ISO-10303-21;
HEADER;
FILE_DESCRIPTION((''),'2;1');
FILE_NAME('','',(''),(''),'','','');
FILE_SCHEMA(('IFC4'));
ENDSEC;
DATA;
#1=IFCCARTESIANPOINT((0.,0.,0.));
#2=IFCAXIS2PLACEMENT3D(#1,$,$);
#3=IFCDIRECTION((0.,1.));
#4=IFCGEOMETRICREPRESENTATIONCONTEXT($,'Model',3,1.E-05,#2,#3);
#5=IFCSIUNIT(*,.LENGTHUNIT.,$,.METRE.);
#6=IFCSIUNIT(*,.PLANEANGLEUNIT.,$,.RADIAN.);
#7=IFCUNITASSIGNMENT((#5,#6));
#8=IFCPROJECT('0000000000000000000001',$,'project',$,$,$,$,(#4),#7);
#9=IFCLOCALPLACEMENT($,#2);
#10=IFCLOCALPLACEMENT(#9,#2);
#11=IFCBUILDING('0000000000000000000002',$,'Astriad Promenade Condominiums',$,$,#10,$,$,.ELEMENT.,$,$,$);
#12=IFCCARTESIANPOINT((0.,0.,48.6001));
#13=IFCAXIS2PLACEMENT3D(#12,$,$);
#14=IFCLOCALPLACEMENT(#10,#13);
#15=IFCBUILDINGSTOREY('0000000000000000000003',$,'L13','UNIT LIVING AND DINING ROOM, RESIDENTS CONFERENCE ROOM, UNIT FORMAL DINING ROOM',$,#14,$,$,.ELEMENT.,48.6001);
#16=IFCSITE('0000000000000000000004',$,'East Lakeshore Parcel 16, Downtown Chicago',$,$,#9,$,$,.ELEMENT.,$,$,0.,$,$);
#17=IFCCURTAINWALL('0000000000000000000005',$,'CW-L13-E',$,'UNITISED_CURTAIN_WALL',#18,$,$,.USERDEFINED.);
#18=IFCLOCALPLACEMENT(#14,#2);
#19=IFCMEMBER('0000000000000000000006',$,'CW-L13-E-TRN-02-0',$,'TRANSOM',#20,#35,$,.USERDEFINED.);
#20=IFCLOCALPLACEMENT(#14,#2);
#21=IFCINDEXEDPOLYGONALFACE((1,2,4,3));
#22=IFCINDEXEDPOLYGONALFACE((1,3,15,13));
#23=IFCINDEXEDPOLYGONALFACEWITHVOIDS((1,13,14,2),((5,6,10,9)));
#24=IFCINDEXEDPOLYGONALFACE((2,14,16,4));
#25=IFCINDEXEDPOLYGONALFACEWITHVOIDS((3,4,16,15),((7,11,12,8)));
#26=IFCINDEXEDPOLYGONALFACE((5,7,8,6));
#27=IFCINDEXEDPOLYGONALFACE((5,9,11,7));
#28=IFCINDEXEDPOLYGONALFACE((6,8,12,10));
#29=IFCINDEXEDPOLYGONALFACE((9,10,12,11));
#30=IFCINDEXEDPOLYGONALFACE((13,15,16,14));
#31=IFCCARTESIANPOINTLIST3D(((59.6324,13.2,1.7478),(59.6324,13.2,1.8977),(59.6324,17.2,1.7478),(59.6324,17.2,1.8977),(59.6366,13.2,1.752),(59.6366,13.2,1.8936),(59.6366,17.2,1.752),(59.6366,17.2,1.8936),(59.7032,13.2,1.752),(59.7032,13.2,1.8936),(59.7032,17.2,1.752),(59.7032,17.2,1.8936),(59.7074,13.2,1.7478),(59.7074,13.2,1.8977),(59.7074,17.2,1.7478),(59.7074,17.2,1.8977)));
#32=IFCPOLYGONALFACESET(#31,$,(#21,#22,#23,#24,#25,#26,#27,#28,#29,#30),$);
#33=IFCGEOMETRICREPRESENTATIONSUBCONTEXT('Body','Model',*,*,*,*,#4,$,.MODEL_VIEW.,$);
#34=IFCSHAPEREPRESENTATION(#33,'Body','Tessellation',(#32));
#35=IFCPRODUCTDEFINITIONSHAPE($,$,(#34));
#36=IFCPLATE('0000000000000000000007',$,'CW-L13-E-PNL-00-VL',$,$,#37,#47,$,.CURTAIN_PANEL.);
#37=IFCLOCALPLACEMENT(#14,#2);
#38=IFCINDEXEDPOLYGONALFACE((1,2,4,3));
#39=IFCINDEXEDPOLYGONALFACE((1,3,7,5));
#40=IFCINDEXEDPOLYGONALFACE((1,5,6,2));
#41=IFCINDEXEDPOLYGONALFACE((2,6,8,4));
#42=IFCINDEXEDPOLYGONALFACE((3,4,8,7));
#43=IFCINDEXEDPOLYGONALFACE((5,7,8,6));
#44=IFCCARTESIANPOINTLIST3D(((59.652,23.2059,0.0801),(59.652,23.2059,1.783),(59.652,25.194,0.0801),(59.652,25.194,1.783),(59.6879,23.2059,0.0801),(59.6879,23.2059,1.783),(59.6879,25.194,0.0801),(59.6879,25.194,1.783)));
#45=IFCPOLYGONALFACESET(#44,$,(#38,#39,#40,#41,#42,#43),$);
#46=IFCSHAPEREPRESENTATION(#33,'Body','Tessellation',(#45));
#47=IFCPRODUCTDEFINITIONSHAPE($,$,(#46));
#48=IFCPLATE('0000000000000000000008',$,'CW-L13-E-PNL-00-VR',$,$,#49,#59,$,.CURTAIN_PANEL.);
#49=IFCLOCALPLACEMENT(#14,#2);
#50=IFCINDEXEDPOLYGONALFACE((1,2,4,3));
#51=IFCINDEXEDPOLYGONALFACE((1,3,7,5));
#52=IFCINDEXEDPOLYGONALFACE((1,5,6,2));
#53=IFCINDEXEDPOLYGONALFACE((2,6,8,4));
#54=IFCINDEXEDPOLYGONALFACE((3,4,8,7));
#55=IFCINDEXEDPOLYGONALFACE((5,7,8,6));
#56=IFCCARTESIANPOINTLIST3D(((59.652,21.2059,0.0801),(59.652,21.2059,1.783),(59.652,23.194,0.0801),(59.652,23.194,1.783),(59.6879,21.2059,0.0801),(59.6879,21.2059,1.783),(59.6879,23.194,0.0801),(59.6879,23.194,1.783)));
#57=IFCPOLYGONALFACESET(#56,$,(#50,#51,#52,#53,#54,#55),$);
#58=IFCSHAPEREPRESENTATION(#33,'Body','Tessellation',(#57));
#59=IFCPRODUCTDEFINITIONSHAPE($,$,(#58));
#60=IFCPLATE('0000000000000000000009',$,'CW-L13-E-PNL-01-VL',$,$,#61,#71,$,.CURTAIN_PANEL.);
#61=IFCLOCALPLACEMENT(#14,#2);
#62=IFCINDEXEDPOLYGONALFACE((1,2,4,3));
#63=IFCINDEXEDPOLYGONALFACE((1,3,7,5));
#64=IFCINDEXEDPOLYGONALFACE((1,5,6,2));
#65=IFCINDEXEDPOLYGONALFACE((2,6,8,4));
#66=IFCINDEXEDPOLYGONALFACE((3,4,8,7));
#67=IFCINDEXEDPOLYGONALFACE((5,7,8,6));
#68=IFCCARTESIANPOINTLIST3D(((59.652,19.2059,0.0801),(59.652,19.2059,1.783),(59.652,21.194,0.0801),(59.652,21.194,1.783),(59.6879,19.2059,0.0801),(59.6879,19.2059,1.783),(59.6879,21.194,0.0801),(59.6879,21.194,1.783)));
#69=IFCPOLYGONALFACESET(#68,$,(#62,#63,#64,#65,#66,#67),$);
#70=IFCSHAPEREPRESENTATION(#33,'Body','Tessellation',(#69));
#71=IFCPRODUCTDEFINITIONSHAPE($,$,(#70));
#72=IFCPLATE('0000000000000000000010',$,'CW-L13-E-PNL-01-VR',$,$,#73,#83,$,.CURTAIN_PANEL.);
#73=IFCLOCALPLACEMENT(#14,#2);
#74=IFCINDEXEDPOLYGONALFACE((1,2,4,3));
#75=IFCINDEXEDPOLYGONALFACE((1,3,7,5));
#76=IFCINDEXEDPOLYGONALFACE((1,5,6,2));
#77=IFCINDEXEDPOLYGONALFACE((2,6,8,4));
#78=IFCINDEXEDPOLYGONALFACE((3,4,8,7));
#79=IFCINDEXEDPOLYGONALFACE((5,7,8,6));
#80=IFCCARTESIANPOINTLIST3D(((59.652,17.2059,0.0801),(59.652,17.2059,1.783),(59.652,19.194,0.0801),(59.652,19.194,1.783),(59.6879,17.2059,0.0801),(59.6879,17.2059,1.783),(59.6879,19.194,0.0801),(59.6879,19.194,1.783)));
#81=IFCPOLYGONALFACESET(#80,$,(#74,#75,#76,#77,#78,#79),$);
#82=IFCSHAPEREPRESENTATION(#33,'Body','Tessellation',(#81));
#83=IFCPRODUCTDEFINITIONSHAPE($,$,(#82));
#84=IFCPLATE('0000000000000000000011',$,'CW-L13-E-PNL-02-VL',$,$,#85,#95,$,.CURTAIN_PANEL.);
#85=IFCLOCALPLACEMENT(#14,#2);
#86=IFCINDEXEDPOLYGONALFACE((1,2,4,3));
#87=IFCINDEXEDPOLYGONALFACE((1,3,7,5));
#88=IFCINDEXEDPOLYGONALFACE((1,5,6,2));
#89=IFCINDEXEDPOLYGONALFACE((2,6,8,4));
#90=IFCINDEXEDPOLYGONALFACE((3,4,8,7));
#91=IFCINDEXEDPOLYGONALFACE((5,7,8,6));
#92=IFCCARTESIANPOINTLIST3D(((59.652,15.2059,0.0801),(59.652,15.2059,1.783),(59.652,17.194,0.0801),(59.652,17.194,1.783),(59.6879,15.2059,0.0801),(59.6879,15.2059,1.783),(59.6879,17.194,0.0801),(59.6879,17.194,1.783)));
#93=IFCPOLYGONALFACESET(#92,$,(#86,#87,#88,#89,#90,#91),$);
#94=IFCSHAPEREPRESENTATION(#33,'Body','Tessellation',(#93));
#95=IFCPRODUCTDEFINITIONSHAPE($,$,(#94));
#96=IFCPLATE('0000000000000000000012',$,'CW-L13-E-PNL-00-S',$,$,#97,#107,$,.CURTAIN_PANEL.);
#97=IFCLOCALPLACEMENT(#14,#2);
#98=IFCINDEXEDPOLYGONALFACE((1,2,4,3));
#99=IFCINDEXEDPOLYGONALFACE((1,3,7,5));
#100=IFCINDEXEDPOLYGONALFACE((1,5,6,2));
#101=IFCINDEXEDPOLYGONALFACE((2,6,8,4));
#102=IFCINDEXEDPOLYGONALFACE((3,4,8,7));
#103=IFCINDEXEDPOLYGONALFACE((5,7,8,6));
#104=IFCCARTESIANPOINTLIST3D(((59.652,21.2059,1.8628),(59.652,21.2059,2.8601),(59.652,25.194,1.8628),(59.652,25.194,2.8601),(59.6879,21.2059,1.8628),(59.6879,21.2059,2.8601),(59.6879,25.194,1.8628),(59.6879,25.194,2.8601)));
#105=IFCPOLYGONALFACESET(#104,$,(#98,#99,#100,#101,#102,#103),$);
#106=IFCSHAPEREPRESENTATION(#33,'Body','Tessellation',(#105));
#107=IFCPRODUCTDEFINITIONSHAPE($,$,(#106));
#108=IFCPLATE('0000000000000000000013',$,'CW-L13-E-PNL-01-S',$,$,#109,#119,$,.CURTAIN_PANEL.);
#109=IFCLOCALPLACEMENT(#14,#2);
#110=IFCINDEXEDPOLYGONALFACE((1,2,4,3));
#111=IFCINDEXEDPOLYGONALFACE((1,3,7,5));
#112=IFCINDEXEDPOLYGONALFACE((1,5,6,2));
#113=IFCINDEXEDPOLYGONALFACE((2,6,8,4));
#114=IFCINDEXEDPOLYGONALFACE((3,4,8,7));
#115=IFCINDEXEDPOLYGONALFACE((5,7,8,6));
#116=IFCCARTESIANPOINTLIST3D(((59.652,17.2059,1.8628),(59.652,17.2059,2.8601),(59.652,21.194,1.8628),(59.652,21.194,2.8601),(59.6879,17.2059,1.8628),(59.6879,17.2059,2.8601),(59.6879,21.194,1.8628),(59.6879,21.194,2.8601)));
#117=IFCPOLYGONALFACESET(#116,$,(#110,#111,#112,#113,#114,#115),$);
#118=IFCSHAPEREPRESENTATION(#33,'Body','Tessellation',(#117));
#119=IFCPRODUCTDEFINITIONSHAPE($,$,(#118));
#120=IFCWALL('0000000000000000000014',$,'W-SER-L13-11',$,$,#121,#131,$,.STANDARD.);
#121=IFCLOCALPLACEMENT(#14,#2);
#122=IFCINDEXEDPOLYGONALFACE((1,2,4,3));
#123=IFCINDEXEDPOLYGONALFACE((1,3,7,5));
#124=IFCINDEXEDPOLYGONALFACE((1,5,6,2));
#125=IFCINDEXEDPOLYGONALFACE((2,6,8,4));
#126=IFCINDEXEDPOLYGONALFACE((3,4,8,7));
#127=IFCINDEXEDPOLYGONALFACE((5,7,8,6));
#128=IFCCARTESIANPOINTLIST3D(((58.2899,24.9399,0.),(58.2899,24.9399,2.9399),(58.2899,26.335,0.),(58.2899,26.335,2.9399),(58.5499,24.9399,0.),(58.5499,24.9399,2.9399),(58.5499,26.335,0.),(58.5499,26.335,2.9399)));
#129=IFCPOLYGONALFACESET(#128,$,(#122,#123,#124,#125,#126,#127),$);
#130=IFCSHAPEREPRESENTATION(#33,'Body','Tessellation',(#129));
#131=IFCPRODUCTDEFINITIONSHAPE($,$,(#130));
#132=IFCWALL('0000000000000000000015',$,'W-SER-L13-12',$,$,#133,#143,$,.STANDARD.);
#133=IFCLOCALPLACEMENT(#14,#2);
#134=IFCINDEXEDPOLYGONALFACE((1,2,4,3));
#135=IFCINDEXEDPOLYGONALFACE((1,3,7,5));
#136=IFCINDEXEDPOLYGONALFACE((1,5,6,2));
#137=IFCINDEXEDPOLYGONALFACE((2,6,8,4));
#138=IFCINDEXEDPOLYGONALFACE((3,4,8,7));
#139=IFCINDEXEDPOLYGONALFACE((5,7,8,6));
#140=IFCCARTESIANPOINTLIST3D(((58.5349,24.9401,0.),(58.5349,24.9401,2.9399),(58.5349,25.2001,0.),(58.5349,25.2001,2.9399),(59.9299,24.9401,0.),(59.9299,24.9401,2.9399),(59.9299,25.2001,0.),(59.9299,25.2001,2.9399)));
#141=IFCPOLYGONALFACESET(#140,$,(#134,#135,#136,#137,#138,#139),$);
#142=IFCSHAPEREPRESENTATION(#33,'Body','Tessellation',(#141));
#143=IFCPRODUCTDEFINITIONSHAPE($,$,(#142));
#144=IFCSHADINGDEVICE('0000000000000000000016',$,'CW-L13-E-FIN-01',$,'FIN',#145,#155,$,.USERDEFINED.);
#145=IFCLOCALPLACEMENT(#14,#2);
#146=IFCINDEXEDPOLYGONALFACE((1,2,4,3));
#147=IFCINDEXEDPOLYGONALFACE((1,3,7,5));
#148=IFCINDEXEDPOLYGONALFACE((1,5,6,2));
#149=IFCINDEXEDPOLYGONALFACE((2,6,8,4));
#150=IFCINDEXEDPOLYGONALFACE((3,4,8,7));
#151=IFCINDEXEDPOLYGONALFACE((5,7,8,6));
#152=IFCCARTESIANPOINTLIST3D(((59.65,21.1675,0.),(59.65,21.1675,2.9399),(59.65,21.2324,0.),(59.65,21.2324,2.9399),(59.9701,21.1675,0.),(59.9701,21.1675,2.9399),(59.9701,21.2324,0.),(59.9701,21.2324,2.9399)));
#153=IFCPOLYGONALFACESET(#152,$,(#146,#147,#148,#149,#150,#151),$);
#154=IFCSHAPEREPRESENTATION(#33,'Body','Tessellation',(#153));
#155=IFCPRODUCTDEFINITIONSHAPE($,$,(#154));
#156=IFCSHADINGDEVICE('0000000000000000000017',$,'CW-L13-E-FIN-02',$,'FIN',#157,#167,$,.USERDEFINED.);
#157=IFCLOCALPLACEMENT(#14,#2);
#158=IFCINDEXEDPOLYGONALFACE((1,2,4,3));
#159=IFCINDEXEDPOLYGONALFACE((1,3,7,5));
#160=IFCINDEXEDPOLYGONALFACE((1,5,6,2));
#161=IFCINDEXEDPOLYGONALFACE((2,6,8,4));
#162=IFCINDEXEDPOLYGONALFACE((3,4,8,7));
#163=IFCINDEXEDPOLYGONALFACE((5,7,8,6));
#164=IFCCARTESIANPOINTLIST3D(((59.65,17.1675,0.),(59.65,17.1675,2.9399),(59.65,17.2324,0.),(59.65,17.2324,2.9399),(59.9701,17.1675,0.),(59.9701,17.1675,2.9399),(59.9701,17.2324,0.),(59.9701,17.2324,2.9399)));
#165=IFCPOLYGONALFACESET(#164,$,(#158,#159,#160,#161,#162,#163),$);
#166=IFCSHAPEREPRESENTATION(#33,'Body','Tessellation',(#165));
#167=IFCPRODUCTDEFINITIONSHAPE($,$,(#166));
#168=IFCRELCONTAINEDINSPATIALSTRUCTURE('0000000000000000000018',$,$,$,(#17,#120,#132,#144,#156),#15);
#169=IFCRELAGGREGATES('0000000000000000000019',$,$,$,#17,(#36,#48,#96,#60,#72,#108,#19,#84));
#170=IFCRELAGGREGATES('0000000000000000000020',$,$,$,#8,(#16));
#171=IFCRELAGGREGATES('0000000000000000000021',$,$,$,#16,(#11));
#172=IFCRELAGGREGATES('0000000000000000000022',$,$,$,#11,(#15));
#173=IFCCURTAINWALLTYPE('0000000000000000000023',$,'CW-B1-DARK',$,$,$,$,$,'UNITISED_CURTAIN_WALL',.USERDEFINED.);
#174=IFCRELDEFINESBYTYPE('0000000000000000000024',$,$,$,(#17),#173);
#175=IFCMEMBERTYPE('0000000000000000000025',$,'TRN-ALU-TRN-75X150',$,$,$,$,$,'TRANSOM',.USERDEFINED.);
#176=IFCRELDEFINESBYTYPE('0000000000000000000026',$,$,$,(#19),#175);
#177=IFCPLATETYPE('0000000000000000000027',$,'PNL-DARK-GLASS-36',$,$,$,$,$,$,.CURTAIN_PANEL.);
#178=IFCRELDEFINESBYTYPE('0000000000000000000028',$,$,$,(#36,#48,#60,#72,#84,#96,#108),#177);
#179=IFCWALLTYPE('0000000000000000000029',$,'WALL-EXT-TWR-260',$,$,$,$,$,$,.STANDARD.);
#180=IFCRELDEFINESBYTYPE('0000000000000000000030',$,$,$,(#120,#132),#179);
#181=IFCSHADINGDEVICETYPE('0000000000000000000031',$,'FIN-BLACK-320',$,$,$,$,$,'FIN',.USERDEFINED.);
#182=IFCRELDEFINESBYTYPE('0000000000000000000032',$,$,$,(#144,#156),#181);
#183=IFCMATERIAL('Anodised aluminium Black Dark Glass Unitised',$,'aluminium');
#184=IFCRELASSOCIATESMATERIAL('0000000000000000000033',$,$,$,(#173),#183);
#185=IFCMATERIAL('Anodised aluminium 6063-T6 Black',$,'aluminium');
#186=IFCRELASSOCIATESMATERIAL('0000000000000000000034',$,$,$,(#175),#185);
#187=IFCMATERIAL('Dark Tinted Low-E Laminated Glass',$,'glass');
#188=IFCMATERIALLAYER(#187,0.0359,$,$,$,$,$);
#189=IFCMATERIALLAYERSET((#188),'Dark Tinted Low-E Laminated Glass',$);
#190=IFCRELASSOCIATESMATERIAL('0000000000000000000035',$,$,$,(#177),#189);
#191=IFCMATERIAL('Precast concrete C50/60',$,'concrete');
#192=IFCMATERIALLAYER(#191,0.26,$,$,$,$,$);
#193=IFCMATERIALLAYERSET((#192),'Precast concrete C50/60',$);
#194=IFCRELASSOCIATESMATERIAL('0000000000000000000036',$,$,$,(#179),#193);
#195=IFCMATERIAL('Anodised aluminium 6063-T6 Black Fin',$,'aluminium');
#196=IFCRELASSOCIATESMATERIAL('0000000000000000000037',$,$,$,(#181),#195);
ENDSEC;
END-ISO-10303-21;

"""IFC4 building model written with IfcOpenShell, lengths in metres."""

from ifc_helpers import new_model, si_unit, direction, frame, frame_2d, origin, origin_2d, place, context, subcontext, project, spatial, rectangle, hollow_rectangle, extrude, source, transform, mapped, material, layer, layer_set, material_profile, profile_set, type_object, type_shapes, element, aggregate, save


model = new_model("IFC4")

# Units and contexts
model_context = context("Model", 3, precision=1e-05, world=origin(), true_north=direction((0.0, 1.0)))
body_context = subcontext(model_context, "Body", "Model", "MODEL_VIEW")
ifc_project = project(units=[si_unit("LENGTHUNIT", "METRE"), si_unit("PLANEANGLEUNIT", "RADIAN")], contexts=[model_context])

# Site, building, storey
site_placement = place(None, origin())
site = spatial("IfcSite", under=ifc_project, at=site_placement, Name="East Lakeshore Parcel 16, Downtown Chicago", CompositionType="ELEMENT", RefElevation=0.0)
building_placement = place(site_placement, origin())
building = spatial("IfcBuilding", under=site, at=building_placement, Name="Astriad Promenade Condominiums", CompositionType="ELEMENT")
storey_placement = place(building_placement, frame((0.0, 0.0, 48.6001)))
storey = spatial("IfcBuildingStorey", under=building, at=storey_placement, Name="L13", Description="UNIT LIVING AND DINING ROOM, RESIDENTS CONFERENCE ROOM, UNIT FORMAL DINING ROOM", CompositionType="ELEMENT", Elevation=48.6001)

# Curtain wall, member, plates
ifc_material_1 = material(Name="Anodised aluminium Black Dark Glass Unitised", Category="aluminium")
curtain_wall_type = type_object("IfcCurtainWallType", Name="CW-B1-DARK", ElementType="UNITISED_CURTAIN_WALL", PredefinedType="USERDEFINED", material=ifc_material_1)
curtain_wall_placement = place(storey_placement, origin())
curtain_wall = element("IfcCurtainWall", 1, at=curtain_wall_placement, inside=storey, type_object=curtain_wall_type, Name="CW-L13-E", ObjectType="UNITISED_CURTAIN_WALL", PredefinedType="USERDEFINED")
ifc_material_2 = material(Name="Anodised aluminium 6063-T6 Black", Category="aluminium")
ifc_material_profile_1 = material_profile(ifc_material_2, hollow_rectangle(XDim=0.075, YDim=0.1499, WallThickness=0.0042, at=origin_2d()), Name="ALU-TRN-75X150")
ifc_profile_set_1 = profile_set([ifc_material_profile_1], Name="Anodised aluminium 6063-T6 Black")
member_type_1 = type_object("IfcMemberType", Name="TRN-ALU-TRN-75X150", ElementType="TRANSOM", PredefinedType="USERDEFINED", material=ifc_profile_set_1)
shared_shape_1 = source(origin(), body_context, "Body", "SweptSolid", [
    extrude(hollow_rectangle(XDim=0.075, YDim=0.1499, WallThickness=0.0042, at=origin_2d()), origin(), (0.0, 0.0, 1.0), 4.0),
])
type_shapes(member_type_1, [shared_shape_1])
member_1_placement = place(storey_placement, frame((59.6699, 17.2, 1.8228), z_axis=(0.0, -1.0, 0.0), x_axis=(1.0, 0.0, 0.0)))
member_1 = element("IfcMember", 2, at=member_1_placement, type_object=member_type_1, Name="CW-L13-E-TRN-02-0", ObjectType="TRANSOM", PredefinedType="USERDEFINED", context=body_context, shape_type="MappedRepresentation", body=[
    mapped(shared_shape_1, transform((0.0, 0.0, 0.0), scale=1.0)),
])
ifc_material_3 = material(Name="Dark Tinted Low-E Laminated Glass", Category="glass")
ifc_layer_1 = layer(ifc_material_3, 0.0359)
ifc_layer_set_1 = layer_set([ifc_layer_1], Name="Dark Tinted Low-E Laminated Glass")
plate_type = type_object("IfcPlateType", Name="PNL-DARK-GLASS-36", PredefinedType="CURTAIN_PANEL", material=ifc_layer_set_1)
shared_shape_2 = source(origin(), body_context, "Body", "SweptSolid", [
    extrude(rectangle(XDim=1.988, YDim=0.0359, at=origin_2d()), origin(), (0.0, 0.0, 1.0), 1.7029),
])
plate_1_placement = place(storey_placement, frame((59.6699, 24.2, 0.0801), z_axis=(0.0, 0.0, 1.0), x_axis=(0.0, -1.0, 0.0)))
plate_1 = element("IfcPlate", 3, at=plate_1_placement, type_object=plate_type, Name="CW-L13-E-PNL-00-VL", PredefinedType="CURTAIN_PANEL", context=body_context, shape_type="MappedRepresentation", body=[
    mapped(shared_shape_2, transform((0.0, 0.0, 0.0), scale=1.0)),
])
plate_2_placement = place(storey_placement, frame((59.6699, 22.2, 0.0801), z_axis=(0.0, 0.0, 1.0), x_axis=(0.0, -1.0, 0.0)))
plate_2 = element("IfcPlate", 4, at=plate_2_placement, type_object=plate_type, Name="CW-L13-E-PNL-00-VR", PredefinedType="CURTAIN_PANEL", context=body_context, shape_type="MappedRepresentation", body=[
    mapped(shared_shape_2, transform((0.0, 0.0, 0.0), scale=1.0)),
])
plate_3_placement = place(storey_placement, frame((59.6699, 20.2, 0.0801), z_axis=(0.0, 0.0, 1.0), x_axis=(0.0, -1.0, 0.0)))
plate_3 = element("IfcPlate", 5, at=plate_3_placement, type_object=plate_type, Name="CW-L13-E-PNL-01-VL", PredefinedType="CURTAIN_PANEL", context=body_context, shape_type="MappedRepresentation", body=[
    mapped(shared_shape_2, transform((0.0, 0.0, 0.0), scale=1.0)),
])
plate_4_placement = place(storey_placement, frame((59.6699, 18.2, 0.0801), z_axis=(0.0, 0.0, 1.0), x_axis=(0.0, -1.0, 0.0)))
plate_4 = element("IfcPlate", 6, at=plate_4_placement, type_object=plate_type, Name="CW-L13-E-PNL-01-VR", PredefinedType="CURTAIN_PANEL", context=body_context, shape_type="MappedRepresentation", body=[
    mapped(shared_shape_2, transform((0.0, 0.0, 0.0), scale=1.0)),
])
plate_5_placement = place(storey_placement, frame((59.6699, 16.2, 0.0801), z_axis=(0.0, 0.0, 1.0), x_axis=(0.0, -1.0, 0.0)))
plate_5 = element("IfcPlate", 7, at=plate_5_placement, type_object=plate_type, Name="CW-L13-E-PNL-02-VL", PredefinedType="CURTAIN_PANEL", context=body_context, shape_type="MappedRepresentation", body=[
    mapped(shared_shape_2, transform((0.0, 0.0, 0.0), scale=1.0)),
])
shared_shape_3 = source(origin(), body_context, "Body", "SweptSolid", [
    extrude(rectangle(XDim=3.988, YDim=0.0359, at=origin_2d()), origin(), (0.0, 0.0, 1.0), 0.9973),
])
type_shapes(plate_type, [shared_shape_2, shared_shape_3])
plate_6_placement = place(storey_placement, frame((59.6699, 23.2, 1.8628), z_axis=(0.0, 0.0, 1.0), x_axis=(0.0, -1.0, 0.0)))
plate_6 = element("IfcPlate", 8, at=plate_6_placement, type_object=plate_type, Name="CW-L13-E-PNL-00-S", PredefinedType="CURTAIN_PANEL", context=body_context, shape_type="MappedRepresentation", body=[
    mapped(shared_shape_3, transform((0.0, 0.0, 0.0), scale=1.0)),
])
plate_7_placement = place(storey_placement, frame((59.6699, 19.2, 1.8628), z_axis=(0.0, 0.0, 1.0), x_axis=(0.0, -1.0, 0.0)))
plate_7 = element("IfcPlate", 9, at=plate_7_placement, type_object=plate_type, Name="CW-L13-E-PNL-01-S", PredefinedType="CURTAIN_PANEL", context=body_context, shape_type="MappedRepresentation", body=[
    mapped(shared_shape_3, transform((0.0, 0.0, 0.0), scale=1.0)),
])
aggregate(curtain_wall, [plate_1, plate_2, plate_6, plate_3, plate_4, plate_7, member_1, plate_5])

# Walls
ifc_material_4 = material(Name="Precast concrete C50/60", Category="concrete")
ifc_layer_2 = layer(ifc_material_4, 0.26)
ifc_layer_set_2 = layer_set([ifc_layer_2], Name="Precast concrete C50/60")
wall_type = type_object("IfcWallType", Name="WALL-EXT-TWR-260", PredefinedType="STANDARD", material=ifc_layer_set_2)
for number, where, z_axis, x_axis, name in (
    (10, (58.4199, 26.335, 0.0), (0.0, 0.0, 1.0), (0.0, -1.0, 0.0), "W-SER-L13-11"),
    (11, (58.5349, 25.0701, 0.0), (0.0, 0.0, 1.0), (1.0, 0.0, 0.0), "W-SER-L13-12"),
):
    element("IfcWall", number, at=place(storey_placement, frame(where, z_axis=z_axis, x_axis=x_axis)), inside=storey, type_object=wall_type, Name=name, PredefinedType="STANDARD", context=body_context, shape_type="SweptSolid", body=[
        extrude(rectangle(XDim=1.395, YDim=0.26, at=frame_2d((0.6975, 0.0))), origin(), (0.0, 0.0, 1.0), 2.9399),
    ])

# Shading devices
ifc_material_5 = material(Name="Anodised aluminium 6063-T6 Black Fin", Category="aluminium")
shading_device_type = type_object("IfcShadingDeviceType", Name="FIN-BLACK-320", ElementType="FIN", PredefinedType="USERDEFINED", material=ifc_material_5)
shared_shape_4 = source(origin(), body_context, "Body", "SweptSolid", [
    extrude(rectangle(XDim=0.0649, YDim=0.3201, at=origin_2d()), origin(), (0.0, 0.0, 1.0), 2.9399),
])
type_shapes(shading_device_type, [shared_shape_4])
for number, where, z_axis, x_axis, name in (
    (12, (59.8101, 21.2, 0.0), (0.0, 0.0, 1.0), (0.0, -1.0, 0.0), "CW-L13-E-FIN-01"),
    (13, (59.8101, 17.2, 0.0), (0.0, 0.0, 1.0), (0.0, -1.0, 0.0), "CW-L13-E-FIN-02"),
):
    element("IfcShadingDevice", number, at=place(storey_placement, frame(where, z_axis=z_axis, x_axis=x_axis)), inside=storey, type_object=shading_device_type, Name=name, ObjectType="FIN", PredefinedType="USERDEFINED", context=body_context, shape_type="MappedRepresentation", body=[
        mapped(shared_shape_4, transform((0.0, 0.0, 0.0), scale=1.0)),
    ])

save(model, "model.ifc")
